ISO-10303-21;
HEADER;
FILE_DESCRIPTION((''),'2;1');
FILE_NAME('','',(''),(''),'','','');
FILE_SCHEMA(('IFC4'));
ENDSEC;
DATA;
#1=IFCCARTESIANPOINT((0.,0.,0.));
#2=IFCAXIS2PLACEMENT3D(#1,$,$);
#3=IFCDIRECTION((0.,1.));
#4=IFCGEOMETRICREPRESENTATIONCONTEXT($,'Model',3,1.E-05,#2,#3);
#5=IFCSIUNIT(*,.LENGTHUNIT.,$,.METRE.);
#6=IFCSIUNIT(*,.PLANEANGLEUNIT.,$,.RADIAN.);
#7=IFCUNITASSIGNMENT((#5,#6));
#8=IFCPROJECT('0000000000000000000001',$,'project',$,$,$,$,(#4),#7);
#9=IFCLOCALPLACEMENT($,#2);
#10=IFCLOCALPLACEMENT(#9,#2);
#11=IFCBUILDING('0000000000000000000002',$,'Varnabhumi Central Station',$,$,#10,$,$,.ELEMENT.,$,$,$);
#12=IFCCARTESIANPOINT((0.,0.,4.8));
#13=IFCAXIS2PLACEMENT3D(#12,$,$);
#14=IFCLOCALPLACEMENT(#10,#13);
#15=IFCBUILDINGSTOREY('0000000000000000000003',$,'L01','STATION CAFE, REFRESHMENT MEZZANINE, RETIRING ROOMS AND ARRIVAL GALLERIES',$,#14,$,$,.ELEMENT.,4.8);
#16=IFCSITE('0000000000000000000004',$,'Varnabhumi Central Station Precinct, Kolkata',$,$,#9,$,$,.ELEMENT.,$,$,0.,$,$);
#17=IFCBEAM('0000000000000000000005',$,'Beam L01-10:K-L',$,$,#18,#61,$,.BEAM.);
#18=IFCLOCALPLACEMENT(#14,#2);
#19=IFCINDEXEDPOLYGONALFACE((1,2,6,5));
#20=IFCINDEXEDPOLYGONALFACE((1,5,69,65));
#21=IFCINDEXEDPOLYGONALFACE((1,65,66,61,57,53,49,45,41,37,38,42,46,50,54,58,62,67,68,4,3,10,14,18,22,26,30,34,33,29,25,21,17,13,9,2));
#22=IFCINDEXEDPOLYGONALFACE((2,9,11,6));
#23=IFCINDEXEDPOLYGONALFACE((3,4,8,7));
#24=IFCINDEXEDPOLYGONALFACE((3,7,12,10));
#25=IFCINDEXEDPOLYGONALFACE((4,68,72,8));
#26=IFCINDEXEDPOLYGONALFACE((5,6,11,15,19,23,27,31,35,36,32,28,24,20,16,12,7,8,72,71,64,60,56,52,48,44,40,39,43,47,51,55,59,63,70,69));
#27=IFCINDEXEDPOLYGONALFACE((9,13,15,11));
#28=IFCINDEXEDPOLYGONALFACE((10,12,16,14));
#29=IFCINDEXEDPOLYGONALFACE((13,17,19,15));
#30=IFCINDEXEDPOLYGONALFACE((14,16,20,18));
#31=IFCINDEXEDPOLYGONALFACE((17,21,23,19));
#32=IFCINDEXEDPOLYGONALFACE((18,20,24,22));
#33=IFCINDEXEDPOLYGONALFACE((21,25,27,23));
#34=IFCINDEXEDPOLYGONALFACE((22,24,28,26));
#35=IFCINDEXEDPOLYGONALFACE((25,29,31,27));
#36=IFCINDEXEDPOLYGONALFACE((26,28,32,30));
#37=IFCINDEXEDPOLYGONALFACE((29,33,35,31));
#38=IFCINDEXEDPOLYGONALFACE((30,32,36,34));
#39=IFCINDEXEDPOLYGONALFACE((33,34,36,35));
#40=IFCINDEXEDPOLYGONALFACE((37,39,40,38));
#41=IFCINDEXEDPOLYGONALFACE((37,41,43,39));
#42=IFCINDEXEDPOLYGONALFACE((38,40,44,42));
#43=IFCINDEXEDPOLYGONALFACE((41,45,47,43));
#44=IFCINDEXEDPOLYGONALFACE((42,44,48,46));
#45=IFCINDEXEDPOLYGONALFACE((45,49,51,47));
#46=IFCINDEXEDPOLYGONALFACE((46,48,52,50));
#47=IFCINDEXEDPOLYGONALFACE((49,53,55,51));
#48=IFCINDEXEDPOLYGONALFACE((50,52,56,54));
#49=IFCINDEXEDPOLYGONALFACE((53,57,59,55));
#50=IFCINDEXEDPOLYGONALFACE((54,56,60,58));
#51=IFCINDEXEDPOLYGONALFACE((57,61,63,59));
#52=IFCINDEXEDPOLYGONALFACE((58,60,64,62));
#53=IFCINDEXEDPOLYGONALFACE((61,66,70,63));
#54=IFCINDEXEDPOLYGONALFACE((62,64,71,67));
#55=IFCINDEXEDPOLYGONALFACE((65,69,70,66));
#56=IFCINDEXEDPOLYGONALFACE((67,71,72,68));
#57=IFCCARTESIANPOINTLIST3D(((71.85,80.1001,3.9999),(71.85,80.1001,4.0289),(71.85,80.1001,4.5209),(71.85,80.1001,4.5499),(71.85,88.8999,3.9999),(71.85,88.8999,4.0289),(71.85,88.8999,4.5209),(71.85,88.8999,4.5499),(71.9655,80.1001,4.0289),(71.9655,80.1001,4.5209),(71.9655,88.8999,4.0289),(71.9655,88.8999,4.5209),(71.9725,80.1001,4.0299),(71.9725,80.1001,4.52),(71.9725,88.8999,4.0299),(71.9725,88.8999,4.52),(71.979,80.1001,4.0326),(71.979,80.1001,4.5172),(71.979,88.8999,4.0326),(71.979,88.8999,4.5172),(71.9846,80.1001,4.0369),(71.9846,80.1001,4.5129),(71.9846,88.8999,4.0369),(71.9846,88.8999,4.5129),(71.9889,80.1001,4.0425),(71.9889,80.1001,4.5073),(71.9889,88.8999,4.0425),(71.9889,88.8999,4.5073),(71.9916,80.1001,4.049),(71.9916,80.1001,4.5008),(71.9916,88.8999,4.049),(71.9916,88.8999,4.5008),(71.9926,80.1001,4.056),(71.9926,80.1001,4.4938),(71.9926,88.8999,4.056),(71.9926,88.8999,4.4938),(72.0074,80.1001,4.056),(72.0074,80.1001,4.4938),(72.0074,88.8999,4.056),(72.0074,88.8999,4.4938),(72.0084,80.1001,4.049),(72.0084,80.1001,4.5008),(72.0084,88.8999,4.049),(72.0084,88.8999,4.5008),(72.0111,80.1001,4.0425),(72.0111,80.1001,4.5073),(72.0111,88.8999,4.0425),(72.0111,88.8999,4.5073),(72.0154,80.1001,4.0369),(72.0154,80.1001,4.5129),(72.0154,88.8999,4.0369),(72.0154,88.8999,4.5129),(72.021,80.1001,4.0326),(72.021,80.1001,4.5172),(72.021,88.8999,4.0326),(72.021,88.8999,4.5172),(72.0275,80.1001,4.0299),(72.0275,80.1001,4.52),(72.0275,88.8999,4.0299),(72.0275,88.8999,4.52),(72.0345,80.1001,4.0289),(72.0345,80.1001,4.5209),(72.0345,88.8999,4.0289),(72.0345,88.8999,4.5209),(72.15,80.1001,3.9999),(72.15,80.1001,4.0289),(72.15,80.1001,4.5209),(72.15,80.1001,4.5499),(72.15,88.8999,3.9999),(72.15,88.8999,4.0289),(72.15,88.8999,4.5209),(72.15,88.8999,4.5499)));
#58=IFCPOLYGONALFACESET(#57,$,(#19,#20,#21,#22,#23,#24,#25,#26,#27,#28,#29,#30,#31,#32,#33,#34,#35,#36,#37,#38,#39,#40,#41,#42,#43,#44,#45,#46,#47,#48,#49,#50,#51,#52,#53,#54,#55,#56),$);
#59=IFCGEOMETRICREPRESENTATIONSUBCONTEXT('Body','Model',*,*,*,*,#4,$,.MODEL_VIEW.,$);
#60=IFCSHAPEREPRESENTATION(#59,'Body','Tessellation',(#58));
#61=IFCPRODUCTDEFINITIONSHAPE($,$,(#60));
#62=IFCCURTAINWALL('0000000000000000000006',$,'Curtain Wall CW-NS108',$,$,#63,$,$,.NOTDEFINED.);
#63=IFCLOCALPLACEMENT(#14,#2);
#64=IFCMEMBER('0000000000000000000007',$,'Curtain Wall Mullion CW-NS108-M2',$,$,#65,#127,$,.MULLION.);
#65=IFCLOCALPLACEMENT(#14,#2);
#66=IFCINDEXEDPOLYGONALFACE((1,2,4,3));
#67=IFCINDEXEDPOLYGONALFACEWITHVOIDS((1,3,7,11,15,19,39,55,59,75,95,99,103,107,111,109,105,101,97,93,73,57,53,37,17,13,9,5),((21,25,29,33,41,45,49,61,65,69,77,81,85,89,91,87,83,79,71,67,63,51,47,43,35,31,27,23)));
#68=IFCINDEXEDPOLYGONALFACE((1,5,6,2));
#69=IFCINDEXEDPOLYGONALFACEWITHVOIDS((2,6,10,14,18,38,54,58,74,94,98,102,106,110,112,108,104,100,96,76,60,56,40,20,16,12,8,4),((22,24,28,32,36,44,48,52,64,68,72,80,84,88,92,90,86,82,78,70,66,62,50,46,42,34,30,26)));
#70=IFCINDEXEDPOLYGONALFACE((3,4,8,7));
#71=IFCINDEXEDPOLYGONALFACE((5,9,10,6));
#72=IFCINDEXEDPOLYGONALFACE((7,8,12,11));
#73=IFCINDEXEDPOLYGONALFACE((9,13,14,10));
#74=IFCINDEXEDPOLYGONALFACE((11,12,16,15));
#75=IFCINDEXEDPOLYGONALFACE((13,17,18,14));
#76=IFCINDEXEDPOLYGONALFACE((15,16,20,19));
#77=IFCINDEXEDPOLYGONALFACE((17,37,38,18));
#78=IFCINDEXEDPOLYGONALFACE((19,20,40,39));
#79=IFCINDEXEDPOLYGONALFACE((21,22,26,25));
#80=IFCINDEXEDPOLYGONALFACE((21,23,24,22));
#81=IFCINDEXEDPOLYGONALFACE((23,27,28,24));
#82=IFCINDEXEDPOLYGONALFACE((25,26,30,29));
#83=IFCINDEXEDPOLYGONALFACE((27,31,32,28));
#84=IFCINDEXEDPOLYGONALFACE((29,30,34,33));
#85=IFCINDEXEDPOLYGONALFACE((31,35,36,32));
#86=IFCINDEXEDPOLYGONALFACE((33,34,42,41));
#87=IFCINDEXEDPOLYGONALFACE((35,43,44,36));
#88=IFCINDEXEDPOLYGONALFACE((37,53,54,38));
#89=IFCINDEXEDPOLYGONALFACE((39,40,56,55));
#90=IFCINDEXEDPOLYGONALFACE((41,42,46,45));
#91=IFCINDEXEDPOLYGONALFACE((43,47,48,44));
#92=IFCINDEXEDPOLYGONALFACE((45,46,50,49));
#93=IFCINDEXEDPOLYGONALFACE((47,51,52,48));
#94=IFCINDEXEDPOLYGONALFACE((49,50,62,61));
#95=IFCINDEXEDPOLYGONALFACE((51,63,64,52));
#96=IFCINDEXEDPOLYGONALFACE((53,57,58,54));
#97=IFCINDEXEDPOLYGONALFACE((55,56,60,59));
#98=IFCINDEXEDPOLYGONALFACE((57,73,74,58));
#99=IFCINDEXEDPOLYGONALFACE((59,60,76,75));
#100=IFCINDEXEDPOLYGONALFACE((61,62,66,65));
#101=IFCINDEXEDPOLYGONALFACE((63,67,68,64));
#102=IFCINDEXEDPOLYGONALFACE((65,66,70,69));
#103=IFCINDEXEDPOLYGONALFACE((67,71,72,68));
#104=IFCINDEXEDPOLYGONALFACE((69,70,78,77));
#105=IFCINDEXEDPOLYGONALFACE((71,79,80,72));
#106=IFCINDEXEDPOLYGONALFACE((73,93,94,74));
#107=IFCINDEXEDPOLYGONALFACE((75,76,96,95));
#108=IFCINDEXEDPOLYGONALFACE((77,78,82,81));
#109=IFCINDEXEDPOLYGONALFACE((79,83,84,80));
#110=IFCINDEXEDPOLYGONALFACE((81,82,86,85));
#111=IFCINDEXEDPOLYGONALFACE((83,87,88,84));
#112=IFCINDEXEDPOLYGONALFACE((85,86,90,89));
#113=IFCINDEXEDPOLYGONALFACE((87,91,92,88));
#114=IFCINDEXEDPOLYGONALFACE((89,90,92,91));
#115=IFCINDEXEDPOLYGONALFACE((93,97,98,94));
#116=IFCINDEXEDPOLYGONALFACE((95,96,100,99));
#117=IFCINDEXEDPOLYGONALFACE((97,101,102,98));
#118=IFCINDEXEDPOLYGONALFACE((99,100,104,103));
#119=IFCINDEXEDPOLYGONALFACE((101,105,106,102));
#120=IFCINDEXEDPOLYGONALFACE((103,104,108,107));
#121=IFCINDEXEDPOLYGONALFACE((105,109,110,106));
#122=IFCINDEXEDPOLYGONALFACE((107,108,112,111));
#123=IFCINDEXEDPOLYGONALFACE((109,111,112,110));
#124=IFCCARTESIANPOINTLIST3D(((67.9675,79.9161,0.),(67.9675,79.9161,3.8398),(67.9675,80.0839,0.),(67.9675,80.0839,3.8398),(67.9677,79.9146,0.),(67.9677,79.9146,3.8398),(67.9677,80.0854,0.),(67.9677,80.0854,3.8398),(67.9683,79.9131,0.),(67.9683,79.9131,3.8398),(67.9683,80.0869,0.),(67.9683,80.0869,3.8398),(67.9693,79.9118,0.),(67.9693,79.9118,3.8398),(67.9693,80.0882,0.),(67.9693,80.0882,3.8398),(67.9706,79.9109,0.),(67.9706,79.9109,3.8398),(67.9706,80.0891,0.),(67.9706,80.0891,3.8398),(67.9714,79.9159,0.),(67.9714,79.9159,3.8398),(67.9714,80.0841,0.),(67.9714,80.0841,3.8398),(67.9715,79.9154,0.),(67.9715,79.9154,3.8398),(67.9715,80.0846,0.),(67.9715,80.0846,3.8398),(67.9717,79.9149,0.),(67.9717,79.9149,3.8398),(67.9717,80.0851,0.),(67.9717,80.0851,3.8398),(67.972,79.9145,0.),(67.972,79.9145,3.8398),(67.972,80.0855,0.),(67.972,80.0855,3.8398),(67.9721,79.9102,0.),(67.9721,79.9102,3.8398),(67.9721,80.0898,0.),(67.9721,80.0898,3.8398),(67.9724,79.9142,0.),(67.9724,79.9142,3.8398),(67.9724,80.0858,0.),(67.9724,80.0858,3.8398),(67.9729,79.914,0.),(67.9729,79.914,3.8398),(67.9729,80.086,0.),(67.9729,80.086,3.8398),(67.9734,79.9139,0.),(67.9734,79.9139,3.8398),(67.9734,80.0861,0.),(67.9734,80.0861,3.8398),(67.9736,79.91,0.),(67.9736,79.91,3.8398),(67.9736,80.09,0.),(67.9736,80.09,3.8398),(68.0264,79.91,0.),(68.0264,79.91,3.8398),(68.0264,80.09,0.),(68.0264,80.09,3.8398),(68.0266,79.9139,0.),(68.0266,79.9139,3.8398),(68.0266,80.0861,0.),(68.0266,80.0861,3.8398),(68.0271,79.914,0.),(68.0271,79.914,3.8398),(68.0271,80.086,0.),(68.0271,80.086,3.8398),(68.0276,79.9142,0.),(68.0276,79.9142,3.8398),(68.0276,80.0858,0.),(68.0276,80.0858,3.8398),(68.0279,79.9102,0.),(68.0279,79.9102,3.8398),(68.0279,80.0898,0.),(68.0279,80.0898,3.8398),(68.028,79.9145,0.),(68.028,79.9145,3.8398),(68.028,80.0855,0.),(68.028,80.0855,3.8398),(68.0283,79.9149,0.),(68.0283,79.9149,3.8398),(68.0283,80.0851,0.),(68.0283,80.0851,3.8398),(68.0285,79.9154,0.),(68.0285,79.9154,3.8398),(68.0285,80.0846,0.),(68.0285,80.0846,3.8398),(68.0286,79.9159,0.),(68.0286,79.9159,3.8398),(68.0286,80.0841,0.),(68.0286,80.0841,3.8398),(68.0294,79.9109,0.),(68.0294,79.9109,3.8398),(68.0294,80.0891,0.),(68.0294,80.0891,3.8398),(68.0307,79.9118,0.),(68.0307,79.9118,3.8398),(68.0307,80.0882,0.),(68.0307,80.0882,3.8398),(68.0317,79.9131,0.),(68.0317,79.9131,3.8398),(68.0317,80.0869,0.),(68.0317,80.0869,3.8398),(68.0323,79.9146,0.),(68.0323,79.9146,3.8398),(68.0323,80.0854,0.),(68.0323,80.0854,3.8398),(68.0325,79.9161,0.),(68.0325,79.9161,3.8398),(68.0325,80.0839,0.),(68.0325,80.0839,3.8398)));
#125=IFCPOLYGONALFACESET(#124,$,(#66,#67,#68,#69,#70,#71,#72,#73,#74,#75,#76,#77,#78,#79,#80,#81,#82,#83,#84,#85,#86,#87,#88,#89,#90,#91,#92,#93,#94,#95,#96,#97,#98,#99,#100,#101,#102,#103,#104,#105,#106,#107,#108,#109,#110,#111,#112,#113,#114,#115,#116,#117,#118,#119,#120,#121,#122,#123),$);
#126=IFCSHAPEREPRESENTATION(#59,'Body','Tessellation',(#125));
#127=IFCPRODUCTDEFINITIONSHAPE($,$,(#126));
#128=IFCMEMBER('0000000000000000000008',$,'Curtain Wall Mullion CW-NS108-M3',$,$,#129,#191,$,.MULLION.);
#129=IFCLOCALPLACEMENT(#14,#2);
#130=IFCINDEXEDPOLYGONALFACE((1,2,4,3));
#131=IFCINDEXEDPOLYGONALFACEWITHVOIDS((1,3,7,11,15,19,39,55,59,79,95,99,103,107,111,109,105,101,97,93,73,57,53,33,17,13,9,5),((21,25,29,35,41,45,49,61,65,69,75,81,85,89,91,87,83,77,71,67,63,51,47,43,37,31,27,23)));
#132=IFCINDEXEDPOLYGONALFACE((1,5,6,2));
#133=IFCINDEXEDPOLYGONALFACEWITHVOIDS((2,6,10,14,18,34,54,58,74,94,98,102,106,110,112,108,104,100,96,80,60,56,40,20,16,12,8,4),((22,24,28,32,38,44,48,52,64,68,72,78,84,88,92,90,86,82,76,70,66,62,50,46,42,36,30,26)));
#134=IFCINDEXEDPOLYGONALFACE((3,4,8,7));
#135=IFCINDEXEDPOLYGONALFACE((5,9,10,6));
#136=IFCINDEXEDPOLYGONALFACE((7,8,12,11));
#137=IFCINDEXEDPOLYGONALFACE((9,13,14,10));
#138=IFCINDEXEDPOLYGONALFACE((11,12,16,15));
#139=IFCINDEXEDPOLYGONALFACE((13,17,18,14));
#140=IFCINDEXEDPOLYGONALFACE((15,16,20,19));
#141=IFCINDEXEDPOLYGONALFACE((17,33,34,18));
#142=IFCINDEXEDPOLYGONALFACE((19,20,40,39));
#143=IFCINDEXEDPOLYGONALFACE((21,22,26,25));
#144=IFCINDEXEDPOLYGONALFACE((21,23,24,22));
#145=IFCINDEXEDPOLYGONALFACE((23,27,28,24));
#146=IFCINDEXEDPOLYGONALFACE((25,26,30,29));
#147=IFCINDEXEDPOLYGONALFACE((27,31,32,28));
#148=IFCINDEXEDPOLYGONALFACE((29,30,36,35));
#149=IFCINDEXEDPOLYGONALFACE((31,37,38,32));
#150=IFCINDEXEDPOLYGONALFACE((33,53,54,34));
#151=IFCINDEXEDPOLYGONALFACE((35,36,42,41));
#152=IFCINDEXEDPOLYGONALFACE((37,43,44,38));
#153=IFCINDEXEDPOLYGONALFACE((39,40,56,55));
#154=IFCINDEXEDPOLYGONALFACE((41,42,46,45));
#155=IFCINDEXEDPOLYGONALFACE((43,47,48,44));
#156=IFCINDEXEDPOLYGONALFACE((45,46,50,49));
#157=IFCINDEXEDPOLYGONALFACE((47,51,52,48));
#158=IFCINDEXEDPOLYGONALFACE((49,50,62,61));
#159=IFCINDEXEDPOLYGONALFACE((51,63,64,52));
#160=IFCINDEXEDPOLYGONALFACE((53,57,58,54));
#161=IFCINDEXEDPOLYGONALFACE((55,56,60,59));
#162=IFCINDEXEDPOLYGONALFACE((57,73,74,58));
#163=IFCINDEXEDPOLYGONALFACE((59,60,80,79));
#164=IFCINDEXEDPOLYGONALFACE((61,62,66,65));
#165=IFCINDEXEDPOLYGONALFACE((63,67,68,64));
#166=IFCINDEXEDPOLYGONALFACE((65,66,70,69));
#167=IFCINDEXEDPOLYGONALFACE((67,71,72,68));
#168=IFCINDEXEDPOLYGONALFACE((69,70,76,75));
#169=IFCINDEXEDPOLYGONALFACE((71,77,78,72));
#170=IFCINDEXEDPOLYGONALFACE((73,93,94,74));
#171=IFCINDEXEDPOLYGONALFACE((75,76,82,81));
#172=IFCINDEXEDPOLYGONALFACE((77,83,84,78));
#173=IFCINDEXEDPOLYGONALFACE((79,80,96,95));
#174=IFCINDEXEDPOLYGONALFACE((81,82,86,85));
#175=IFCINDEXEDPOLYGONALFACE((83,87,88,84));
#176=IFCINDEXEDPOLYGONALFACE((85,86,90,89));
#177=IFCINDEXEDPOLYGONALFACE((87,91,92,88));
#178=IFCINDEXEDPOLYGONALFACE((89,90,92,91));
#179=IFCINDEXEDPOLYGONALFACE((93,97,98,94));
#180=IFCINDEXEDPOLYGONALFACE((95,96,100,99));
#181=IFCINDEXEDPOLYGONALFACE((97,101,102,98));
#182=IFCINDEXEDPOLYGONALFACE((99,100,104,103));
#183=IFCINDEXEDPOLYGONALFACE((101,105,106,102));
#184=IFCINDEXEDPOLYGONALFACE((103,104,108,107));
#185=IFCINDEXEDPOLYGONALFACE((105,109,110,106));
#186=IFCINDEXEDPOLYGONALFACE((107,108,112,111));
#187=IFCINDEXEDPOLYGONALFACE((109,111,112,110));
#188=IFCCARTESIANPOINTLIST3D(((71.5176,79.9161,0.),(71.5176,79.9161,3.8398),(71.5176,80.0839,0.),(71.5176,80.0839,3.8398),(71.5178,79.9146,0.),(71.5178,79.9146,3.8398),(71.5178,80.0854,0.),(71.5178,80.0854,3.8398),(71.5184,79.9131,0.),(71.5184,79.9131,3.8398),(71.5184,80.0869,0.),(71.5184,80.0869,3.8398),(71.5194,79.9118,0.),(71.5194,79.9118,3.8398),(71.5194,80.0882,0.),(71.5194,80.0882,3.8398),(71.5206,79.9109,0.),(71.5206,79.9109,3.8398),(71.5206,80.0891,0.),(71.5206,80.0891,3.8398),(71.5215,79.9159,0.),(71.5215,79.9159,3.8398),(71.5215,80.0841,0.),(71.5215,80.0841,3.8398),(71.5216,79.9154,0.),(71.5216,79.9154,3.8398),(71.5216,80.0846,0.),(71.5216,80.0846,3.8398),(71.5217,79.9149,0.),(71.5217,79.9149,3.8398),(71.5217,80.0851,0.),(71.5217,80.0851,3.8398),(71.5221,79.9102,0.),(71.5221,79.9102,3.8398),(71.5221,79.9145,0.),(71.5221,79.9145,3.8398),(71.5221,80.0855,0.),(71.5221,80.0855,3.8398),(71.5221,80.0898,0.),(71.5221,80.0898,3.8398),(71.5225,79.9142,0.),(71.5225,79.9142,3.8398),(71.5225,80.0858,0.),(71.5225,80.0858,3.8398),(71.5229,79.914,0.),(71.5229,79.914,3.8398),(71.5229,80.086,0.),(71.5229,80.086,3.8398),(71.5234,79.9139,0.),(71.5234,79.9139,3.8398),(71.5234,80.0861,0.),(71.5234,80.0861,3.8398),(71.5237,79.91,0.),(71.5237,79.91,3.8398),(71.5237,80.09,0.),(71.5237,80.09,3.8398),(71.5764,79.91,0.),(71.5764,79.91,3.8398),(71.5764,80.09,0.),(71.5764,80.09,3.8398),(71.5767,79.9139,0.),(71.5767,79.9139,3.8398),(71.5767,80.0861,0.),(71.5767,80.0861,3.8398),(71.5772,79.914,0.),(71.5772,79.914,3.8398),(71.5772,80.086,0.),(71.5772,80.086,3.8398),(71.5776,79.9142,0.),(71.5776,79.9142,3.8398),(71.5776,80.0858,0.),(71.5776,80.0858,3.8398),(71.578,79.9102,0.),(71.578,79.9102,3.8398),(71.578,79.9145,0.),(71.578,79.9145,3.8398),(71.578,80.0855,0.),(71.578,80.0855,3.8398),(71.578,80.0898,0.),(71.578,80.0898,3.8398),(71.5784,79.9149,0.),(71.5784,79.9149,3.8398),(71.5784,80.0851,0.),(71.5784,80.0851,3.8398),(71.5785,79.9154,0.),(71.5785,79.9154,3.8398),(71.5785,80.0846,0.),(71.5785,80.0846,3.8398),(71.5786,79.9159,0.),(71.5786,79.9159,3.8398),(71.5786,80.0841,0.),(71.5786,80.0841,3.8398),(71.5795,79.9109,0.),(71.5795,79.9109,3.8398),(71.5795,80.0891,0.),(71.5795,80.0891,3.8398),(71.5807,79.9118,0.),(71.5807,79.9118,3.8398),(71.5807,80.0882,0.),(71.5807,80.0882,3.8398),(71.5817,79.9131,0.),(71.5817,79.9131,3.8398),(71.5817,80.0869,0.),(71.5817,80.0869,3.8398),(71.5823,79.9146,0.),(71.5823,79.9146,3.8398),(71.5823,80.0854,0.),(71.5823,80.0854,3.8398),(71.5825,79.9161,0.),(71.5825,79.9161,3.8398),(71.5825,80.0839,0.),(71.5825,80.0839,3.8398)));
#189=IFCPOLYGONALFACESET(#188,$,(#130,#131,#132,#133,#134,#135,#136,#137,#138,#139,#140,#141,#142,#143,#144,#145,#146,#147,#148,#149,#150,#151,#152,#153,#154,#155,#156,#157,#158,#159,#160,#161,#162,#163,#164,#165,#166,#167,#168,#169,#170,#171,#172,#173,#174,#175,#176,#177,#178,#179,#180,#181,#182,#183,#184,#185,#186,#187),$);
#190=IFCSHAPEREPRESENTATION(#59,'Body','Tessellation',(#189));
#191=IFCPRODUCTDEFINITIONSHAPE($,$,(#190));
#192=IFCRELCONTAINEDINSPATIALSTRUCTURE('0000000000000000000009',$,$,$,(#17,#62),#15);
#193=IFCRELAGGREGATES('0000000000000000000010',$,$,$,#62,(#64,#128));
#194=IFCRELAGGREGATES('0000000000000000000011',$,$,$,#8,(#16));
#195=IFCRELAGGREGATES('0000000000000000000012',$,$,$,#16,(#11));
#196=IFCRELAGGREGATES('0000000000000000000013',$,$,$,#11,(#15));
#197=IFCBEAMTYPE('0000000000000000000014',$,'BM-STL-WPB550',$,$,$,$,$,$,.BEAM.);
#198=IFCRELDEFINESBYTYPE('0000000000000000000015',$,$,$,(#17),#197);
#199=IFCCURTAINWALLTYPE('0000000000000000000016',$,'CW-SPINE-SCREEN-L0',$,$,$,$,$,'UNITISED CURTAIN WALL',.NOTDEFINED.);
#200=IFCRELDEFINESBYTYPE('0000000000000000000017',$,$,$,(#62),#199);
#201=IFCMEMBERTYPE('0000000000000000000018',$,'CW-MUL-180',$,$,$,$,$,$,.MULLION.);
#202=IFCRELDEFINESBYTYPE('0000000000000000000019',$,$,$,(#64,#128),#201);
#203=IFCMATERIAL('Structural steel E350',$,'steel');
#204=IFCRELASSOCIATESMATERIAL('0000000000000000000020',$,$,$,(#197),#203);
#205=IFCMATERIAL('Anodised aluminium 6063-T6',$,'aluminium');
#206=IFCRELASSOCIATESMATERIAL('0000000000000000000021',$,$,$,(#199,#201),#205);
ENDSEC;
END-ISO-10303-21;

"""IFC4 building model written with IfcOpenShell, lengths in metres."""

from ifc_helpers import new_model, si_unit, direction, frame, origin, origin_2d, place, context, subcontext, project, spatial, hollow_rectangle, i_section, extrude, material, material_profile, profile_set, type_object, element, aggregate, save


model = new_model("IFC4")

# Units and contexts
model_context = context("Model", 3, precision=1e-05, world=origin(), true_north=direction((0.0, 1.0)))
body_context = subcontext(model_context, "Body", "Model", "MODEL_VIEW")
ifc_project = project(units=[si_unit("LENGTHUNIT", "METRE"), si_unit("PLANEANGLEUNIT", "RADIAN")], contexts=[model_context])

# Site, building, storey
site_placement = place(None, origin())
site = spatial("IfcSite", under=ifc_project, at=site_placement, Name="Varnabhumi Central Station Precinct, Kolkata", CompositionType="ELEMENT", RefElevation=0.0)
building_placement = place(site_placement, origin())
building = spatial("IfcBuilding", under=site, at=building_placement, Name="Varnabhumi Central Station", CompositionType="ELEMENT")
storey_placement = place(building_placement, frame((0.0, 0.0, 4.8)))
storey = spatial("IfcBuildingStorey", under=building, at=storey_placement, Name="L01", Description="STATION CAFE, REFRESHMENT MEZZANINE, RETIRING ROOMS AND ARRIVAL GALLERIES", CompositionType="ELEMENT", Elevation=4.8)

# Beam
ifc_material_1 = material(Name="Structural steel E350", Category="steel")
ifc_material_profile_1 = material_profile(ifc_material_1, i_section(OverallWidth=0.3, OverallDepth=0.55, WebThickness=0.0149, FlangeThickness=0.0291, FilletRadius=0.0271, at=origin_2d()), Name="Structural steel E350", Category="steel")
ifc_profile_set_1 = profile_set([ifc_material_profile_1], Name="Structural steel E350")
beam_type_1 = type_object("IfcBeamType", Name="BM-STL-WPB550", PredefinedType="BEAM", material=ifc_profile_set_1)
beam_1_placement = place(storey_placement, frame((72.0, 80.1001, 4.2749), z_axis=(0.0, 1.0, 0.0), x_axis=(-1.0, 0.0, 0.0)))
element("IfcBeam", 1, at=beam_1_placement, inside=storey, type_object=beam_type_1, Name="Beam L01-10:K-L", PredefinedType="BEAM", context=body_context, shape_type="SweptSolid", body=[
    extrude(i_section(OverallWidth=0.3, OverallDepth=0.55, WebThickness=0.0149, FlangeThickness=0.0291, FilletRadius=0.0271, at=origin_2d()), origin(), (0.0, 0.0, 1.0), 8.7998),
])

# Curtain wall, members
ifc_material_2 = material(Name="Anodised aluminium 6063-T6", Category="aluminium")
curtain_wall_type_1 = type_object("IfcCurtainWallType", Name="CW-SPINE-SCREEN-L0", ElementType="UNITISED CURTAIN WALL", PredefinedType="NOTDEFINED", material=ifc_material_2)
curtain_wall_1_placement = place(storey_placement, origin())
curtain_wall_1 = element("IfcCurtainWall", 2, at=curtain_wall_1_placement, inside=storey, type_object=curtain_wall_type_1, Name="Curtain Wall CW-NS108", PredefinedType="NOTDEFINED")
ifc_material_profile_2 = material_profile(ifc_material_2, hollow_rectangle(XDim=0.0649, YDim=0.1799, WallThickness=0.0039, InnerFilletRadius=0.002, OuterFilletRadius=0.0061, at=origin_2d()), Name="Anodised aluminium 6063-T6", Category="aluminium")
ifc_profile_set_2 = profile_set([ifc_material_profile_2], Name="Anodised aluminium 6063-T6")
member_type_1 = type_object("IfcMemberType", Name="CW-MUL-180", PredefinedType="MULLION", material=ifc_profile_set_2)
member_1_placement = place(storey_placement, frame((68.0, 80.0, 0.0), z_axis=(0.0, 0.0, 1.0), x_axis=(1.0, 0.0, 0.0)))
member_1 = element("IfcMember", 3, at=member_1_placement, type_object=member_type_1, Name="Curtain Wall Mullion CW-NS108-M2", PredefinedType="MULLION", context=body_context, shape_type="SweptSolid", body=[
    extrude(hollow_rectangle(XDim=0.0649, YDim=0.1799, WallThickness=0.0039, InnerFilletRadius=0.002, OuterFilletRadius=0.0061, at=origin_2d()), origin(), (0.0, 0.0, 1.0), 3.8398),
])
member_2_placement = place(storey_placement, frame((71.55, 80.0, 0.0), z_axis=(0.0, 0.0, 1.0), x_axis=(1.0, 0.0, 0.0)))
member_2 = element("IfcMember", 4, at=member_2_placement, type_object=member_type_1, Name="Curtain Wall Mullion CW-NS108-M3", PredefinedType="MULLION", context=body_context, shape_type="SweptSolid", body=[
    extrude(hollow_rectangle(XDim=0.0649, YDim=0.1799, WallThickness=0.0039, InnerFilletRadius=0.002, OuterFilletRadius=0.0061, at=origin_2d()), origin(), (0.0, 0.0, 1.0), 3.8398),
])

aggregate(curtain_wall_1, [member_1, member_2])

save(model, "model.ifc")
